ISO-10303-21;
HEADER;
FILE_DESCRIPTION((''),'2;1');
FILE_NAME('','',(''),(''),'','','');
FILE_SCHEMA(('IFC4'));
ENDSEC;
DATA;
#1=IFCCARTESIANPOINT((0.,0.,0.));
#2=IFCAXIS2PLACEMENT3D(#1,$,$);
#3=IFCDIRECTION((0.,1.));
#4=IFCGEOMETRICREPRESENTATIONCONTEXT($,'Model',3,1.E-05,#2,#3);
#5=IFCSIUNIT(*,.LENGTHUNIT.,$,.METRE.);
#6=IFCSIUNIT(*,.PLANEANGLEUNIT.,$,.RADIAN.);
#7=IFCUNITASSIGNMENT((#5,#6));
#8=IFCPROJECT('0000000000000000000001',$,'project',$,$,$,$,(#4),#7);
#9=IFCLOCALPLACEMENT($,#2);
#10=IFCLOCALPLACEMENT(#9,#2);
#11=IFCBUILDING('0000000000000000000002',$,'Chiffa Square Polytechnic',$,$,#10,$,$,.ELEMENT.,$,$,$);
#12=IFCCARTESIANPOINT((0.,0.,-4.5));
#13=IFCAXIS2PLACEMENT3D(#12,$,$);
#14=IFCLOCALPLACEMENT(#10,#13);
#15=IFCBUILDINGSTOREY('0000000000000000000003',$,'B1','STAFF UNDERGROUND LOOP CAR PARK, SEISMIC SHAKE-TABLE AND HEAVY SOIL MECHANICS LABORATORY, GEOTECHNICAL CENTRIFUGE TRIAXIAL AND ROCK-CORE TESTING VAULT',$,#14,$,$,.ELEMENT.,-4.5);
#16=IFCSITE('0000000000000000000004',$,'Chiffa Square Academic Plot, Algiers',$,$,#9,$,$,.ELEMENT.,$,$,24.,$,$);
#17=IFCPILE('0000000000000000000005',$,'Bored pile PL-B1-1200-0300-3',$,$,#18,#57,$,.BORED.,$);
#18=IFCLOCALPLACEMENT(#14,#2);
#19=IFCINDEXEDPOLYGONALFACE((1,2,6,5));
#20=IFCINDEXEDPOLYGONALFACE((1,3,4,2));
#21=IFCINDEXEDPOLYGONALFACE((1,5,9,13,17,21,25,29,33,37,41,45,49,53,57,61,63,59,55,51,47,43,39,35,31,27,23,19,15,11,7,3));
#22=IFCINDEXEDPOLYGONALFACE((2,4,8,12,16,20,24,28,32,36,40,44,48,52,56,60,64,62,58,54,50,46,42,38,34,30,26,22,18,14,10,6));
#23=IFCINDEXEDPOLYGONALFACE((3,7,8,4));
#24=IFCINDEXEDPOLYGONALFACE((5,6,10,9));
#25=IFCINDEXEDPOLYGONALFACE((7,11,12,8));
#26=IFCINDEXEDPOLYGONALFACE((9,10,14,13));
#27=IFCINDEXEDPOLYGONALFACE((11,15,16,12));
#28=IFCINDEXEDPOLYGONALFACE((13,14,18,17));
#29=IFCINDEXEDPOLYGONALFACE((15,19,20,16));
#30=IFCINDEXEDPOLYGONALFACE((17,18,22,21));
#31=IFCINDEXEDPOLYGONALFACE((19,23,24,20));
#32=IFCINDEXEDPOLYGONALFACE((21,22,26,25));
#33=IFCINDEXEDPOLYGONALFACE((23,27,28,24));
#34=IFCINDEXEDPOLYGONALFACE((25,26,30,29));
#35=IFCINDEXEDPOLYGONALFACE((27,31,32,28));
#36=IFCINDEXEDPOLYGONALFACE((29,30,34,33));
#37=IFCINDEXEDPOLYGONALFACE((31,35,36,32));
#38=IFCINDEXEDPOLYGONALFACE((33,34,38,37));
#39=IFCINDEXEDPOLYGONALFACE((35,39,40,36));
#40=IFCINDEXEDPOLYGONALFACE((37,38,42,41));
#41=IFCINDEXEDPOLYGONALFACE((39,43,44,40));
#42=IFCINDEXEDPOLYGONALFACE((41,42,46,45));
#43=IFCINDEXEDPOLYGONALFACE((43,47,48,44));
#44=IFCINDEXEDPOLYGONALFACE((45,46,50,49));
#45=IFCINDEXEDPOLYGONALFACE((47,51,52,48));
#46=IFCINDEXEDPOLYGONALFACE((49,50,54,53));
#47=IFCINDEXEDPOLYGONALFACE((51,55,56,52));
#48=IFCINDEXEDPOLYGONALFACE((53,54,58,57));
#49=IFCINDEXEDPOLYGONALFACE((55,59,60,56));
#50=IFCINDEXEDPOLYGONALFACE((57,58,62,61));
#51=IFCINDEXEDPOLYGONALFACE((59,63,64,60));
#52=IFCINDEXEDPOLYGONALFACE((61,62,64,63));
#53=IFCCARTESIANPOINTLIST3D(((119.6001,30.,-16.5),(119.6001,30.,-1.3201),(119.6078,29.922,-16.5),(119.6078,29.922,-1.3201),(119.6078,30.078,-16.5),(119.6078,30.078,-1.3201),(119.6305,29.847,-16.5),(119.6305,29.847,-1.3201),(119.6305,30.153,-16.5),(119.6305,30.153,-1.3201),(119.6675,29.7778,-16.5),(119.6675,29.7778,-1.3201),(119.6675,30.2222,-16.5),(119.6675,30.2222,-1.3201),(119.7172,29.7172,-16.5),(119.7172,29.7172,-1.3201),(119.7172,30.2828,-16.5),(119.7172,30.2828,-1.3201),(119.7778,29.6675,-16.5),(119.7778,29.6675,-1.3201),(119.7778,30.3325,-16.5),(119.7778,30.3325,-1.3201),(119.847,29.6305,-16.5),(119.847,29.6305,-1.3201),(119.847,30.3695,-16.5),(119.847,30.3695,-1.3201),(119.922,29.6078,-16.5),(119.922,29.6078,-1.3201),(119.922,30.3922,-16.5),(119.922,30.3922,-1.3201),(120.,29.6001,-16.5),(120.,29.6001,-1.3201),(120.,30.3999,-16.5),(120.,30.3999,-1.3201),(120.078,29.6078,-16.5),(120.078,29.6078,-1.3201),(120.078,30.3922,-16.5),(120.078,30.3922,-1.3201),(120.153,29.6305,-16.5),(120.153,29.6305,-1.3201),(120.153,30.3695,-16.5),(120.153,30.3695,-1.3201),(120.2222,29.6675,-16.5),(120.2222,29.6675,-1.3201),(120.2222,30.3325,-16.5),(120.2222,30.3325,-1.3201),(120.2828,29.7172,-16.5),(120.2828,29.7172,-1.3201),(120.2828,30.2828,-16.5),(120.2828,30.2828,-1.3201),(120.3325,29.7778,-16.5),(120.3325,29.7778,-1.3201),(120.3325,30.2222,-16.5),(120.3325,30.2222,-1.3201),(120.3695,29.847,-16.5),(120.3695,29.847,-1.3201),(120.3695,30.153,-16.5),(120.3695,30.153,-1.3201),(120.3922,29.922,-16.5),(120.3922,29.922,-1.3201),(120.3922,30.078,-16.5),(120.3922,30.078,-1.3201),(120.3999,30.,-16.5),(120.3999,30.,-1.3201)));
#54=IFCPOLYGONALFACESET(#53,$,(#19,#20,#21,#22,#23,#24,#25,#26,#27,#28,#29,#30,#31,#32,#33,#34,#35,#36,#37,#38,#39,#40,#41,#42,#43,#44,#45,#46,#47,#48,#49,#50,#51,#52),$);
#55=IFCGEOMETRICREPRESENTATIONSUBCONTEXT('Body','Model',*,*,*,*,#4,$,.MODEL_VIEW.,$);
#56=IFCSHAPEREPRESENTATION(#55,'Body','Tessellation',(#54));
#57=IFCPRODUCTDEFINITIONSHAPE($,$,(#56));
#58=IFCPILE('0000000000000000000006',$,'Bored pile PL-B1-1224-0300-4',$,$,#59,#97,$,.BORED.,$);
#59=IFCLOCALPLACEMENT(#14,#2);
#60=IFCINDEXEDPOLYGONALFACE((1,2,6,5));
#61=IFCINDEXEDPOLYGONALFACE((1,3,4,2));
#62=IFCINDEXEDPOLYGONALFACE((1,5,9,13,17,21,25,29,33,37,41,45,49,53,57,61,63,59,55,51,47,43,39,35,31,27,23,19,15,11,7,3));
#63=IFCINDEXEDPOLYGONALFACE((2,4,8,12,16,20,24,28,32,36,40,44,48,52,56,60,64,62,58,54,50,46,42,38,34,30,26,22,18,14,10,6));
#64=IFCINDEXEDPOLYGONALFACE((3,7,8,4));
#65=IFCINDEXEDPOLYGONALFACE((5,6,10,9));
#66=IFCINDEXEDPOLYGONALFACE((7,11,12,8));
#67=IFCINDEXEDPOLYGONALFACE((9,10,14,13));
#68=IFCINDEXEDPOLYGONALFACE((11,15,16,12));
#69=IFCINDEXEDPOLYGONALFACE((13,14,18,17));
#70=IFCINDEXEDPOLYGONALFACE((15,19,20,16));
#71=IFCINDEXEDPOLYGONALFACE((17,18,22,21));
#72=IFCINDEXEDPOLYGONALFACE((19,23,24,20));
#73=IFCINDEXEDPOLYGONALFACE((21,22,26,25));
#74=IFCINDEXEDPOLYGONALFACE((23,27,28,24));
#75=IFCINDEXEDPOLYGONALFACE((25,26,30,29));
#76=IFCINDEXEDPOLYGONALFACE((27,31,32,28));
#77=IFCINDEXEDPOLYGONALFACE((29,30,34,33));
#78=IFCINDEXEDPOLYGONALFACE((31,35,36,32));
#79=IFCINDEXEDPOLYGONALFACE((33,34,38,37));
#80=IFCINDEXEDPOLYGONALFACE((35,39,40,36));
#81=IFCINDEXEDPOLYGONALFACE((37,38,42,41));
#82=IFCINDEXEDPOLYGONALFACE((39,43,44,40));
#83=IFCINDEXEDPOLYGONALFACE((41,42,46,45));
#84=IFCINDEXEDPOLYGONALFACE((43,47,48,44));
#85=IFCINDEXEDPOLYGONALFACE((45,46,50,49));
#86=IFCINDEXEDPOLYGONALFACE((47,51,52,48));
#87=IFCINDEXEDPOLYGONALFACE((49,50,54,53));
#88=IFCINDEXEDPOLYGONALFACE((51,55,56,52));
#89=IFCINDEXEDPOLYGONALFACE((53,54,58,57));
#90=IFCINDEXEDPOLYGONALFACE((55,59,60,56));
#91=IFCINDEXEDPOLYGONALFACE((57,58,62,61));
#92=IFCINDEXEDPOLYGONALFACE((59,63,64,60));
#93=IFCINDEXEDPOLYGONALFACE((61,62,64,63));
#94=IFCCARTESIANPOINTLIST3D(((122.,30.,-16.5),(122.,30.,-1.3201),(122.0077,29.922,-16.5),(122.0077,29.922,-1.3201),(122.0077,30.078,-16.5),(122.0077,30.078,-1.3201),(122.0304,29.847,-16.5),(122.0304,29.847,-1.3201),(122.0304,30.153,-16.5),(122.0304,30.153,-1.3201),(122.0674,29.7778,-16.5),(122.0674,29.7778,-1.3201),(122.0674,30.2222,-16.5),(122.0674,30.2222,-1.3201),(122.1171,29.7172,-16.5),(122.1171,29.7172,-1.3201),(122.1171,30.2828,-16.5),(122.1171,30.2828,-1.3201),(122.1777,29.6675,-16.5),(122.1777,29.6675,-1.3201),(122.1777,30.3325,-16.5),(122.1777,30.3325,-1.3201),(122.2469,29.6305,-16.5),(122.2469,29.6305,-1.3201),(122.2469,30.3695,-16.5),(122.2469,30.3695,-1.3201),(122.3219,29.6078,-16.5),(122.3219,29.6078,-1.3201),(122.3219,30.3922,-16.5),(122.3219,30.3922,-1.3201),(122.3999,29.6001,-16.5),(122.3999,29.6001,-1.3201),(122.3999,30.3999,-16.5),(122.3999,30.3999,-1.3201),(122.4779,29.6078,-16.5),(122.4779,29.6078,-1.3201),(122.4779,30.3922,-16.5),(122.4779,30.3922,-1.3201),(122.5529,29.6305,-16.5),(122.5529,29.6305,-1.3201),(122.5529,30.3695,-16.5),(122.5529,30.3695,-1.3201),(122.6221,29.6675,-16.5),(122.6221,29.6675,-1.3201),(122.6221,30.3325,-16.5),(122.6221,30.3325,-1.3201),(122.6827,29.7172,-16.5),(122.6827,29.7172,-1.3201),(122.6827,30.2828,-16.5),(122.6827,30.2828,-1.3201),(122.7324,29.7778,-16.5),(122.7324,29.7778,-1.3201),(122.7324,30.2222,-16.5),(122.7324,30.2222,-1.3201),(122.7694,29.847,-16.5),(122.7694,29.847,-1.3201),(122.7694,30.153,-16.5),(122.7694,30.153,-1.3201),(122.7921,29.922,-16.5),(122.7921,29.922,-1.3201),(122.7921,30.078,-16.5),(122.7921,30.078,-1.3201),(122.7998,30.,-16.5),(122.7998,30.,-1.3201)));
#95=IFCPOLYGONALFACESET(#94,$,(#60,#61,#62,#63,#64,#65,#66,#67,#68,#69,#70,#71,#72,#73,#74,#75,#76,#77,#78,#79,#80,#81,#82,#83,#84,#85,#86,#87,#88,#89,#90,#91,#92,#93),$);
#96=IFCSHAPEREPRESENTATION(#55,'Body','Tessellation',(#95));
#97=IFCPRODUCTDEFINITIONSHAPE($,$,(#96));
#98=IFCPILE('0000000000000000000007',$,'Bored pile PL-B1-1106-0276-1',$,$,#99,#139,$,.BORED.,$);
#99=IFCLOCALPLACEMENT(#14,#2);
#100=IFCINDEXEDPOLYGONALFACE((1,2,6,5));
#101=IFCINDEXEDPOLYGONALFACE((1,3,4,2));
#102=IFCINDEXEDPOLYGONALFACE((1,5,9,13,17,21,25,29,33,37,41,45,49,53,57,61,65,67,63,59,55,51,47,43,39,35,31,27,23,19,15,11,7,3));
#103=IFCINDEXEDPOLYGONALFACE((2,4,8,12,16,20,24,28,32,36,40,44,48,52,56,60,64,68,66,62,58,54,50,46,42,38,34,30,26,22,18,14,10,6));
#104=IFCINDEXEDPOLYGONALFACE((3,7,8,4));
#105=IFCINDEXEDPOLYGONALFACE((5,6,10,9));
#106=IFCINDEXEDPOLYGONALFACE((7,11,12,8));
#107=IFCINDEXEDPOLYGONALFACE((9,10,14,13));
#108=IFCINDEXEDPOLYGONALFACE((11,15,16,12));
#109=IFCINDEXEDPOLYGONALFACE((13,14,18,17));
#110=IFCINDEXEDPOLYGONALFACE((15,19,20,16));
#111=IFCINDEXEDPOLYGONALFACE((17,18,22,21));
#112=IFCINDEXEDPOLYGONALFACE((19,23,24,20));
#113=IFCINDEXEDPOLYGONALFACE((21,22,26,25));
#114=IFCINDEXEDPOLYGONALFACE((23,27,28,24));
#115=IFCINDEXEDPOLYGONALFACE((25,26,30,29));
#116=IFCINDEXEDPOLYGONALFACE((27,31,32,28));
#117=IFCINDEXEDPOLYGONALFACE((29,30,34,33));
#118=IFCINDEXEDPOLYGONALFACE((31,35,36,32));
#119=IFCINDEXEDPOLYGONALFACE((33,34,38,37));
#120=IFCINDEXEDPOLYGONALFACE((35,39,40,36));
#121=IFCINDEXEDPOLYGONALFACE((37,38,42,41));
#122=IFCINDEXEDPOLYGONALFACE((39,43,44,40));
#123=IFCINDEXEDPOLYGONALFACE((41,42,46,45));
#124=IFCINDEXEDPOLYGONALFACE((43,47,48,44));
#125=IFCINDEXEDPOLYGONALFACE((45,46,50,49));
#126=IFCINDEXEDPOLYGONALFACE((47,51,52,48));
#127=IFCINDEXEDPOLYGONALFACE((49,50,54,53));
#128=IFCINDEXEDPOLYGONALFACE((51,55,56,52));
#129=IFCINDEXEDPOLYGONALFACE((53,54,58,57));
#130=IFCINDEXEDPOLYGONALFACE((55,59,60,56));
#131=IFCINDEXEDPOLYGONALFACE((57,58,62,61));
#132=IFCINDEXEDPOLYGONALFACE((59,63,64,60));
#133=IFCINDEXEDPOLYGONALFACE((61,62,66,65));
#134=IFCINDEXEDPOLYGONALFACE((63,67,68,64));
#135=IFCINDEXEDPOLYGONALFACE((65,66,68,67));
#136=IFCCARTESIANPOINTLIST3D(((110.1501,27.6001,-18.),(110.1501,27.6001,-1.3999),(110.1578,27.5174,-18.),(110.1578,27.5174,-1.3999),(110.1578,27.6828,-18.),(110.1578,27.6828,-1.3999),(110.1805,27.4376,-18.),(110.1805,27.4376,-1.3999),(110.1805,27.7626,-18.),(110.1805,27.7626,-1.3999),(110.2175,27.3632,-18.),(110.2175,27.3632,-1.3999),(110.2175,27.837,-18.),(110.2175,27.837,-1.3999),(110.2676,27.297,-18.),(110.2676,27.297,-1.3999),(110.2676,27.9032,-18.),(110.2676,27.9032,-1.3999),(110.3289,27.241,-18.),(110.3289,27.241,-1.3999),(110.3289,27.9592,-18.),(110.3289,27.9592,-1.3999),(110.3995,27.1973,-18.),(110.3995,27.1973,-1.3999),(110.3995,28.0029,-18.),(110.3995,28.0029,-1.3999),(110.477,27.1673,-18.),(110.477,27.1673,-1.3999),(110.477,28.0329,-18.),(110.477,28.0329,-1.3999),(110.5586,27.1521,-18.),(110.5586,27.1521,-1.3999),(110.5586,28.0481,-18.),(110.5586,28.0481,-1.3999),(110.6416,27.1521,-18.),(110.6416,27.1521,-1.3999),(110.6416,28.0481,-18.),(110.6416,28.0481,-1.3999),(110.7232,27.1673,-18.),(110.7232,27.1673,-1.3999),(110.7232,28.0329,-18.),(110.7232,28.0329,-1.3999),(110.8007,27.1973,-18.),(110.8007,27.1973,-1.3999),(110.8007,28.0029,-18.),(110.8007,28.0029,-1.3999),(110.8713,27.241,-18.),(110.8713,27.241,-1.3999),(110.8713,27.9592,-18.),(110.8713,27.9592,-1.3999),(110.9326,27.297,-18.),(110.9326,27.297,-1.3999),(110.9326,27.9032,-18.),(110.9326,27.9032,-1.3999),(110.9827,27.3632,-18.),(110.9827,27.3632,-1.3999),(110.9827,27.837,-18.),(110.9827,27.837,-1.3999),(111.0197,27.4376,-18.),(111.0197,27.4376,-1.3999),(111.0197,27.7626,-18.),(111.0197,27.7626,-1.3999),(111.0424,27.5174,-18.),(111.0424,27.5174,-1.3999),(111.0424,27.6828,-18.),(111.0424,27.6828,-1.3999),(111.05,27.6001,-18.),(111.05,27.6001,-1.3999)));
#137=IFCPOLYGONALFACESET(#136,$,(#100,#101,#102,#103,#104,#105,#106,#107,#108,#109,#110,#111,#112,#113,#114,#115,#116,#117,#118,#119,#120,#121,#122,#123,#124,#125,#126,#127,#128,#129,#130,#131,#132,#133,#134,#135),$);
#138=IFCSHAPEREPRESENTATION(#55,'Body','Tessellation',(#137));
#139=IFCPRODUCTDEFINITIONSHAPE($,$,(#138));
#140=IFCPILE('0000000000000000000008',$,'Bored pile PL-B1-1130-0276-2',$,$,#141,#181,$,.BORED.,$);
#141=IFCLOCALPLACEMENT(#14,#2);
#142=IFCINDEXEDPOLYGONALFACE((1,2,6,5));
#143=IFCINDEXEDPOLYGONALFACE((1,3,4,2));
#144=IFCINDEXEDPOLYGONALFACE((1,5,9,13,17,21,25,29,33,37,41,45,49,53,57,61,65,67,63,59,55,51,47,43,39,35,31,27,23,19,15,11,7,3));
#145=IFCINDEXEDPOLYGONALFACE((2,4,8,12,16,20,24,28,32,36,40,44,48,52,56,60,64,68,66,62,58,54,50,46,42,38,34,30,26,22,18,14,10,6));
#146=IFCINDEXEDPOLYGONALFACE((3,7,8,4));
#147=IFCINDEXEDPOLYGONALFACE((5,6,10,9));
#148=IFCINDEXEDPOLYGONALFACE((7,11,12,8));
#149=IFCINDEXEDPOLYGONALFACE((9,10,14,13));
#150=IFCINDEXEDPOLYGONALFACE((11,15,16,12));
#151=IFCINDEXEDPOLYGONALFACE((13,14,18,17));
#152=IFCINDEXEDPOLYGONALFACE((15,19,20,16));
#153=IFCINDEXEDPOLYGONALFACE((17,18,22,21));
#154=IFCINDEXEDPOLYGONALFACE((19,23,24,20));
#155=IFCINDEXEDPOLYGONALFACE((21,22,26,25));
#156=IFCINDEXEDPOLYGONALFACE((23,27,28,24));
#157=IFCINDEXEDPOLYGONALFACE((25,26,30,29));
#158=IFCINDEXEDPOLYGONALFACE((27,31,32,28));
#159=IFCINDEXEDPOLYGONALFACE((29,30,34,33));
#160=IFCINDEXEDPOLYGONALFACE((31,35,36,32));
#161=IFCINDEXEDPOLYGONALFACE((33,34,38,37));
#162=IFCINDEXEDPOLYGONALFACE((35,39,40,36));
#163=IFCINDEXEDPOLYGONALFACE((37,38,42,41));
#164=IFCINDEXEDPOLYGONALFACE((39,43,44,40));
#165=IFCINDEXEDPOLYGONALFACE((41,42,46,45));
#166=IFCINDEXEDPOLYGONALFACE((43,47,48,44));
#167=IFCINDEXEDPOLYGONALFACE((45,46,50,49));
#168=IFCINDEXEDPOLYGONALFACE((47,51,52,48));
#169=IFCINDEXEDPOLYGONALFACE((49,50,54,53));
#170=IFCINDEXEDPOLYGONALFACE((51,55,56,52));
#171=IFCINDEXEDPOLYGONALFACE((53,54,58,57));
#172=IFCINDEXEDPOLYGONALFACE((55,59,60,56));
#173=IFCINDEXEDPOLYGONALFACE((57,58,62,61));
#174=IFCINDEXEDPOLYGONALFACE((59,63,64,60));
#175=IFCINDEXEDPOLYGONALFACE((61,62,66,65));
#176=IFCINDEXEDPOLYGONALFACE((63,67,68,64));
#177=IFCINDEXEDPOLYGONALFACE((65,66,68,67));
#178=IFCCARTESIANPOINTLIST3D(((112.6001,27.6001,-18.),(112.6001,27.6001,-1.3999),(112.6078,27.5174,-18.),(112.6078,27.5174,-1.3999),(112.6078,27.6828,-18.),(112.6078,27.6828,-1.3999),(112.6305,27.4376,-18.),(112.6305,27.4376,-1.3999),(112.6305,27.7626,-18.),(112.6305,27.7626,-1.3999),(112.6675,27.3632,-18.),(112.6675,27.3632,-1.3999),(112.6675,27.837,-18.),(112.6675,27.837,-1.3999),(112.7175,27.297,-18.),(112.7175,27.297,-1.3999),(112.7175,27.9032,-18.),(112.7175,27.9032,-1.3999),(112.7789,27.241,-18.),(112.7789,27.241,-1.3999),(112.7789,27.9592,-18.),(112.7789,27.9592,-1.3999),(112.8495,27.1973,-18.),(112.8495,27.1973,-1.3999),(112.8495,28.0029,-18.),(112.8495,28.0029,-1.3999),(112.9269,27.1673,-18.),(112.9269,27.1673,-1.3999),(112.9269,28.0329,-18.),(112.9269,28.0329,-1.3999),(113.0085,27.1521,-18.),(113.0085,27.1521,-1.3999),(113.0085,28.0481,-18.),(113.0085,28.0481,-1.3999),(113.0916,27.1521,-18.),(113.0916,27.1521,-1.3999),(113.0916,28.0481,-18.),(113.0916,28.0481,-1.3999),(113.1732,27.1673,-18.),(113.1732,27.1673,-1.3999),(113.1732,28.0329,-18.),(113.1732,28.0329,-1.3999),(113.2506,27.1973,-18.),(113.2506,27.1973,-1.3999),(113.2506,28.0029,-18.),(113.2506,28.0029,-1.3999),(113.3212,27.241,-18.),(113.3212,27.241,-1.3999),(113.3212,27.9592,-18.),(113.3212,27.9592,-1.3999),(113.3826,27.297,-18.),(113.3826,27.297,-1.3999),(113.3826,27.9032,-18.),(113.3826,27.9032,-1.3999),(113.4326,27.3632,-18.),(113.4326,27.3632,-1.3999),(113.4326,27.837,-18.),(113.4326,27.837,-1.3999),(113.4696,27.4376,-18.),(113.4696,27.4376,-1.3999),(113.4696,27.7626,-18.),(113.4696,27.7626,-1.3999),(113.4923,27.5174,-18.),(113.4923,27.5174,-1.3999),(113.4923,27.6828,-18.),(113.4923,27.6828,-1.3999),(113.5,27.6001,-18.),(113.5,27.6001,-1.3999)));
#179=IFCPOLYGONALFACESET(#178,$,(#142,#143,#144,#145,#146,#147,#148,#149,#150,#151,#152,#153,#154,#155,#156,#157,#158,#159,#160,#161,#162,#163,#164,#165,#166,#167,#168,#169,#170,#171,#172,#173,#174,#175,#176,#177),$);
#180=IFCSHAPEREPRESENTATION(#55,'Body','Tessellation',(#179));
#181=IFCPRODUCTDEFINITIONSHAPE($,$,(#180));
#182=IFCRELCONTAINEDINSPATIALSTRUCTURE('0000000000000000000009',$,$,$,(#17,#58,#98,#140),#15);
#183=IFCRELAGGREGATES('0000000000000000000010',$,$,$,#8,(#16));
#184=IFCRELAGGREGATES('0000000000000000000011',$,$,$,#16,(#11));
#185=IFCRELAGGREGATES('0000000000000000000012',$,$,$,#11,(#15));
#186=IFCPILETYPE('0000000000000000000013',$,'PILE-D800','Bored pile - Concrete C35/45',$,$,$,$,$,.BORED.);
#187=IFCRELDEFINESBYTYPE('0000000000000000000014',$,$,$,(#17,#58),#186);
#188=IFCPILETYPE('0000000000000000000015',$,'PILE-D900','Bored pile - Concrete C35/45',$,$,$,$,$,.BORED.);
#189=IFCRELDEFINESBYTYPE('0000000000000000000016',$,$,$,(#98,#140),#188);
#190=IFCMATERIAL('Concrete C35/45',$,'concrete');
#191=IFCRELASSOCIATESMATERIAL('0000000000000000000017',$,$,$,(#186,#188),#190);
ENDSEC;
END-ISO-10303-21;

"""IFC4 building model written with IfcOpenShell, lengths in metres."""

from ifc_helpers import new_model, si_unit, direction, frame, origin, origin_2d, place, context, subcontext, project, spatial, circle, extrude, material, material_profile, profile_set, type_object, element, save


model = new_model("IFC4")

# Units and contexts
model_context = context("Model", 3, precision=1e-05, world=origin(), true_north=direction((0.0, 1.0)))
body_context = subcontext(model_context, "Body", "Model", "MODEL_VIEW")
ifc_project = project(units=[si_unit("LENGTHUNIT", "METRE"), si_unit("PLANEANGLEUNIT", "RADIAN")], contexts=[model_context])

# Site, building, storey
site_placement = place(None, origin())
site = spatial("IfcSite", under=ifc_project, at=site_placement, Name="Chiffa Square Academic Plot, Algiers", CompositionType="ELEMENT", RefElevation=24.0)
building_placement = place(site_placement, origin())
building = spatial("IfcBuilding", under=site, at=building_placement, Name="Chiffa Square Polytechnic", CompositionType="ELEMENT")
storey_placement = place(building_placement, frame((0.0, 0.0, -4.5)))
storey = spatial("IfcBuildingStorey", under=building, at=storey_placement, Name="B1", Description="STAFF UNDERGROUND LOOP CAR PARK, SEISMIC SHAKE-TABLE AND HEAVY SOIL MECHANICS LABORATORY, GEOTECHNICAL CENTRIFUGE TRIAXIAL AND ROCK-CORE TESTING VAULT", CompositionType="ELEMENT", Elevation=-4.5)

# Shared definitions
ifc_material_1 = material(Name="Concrete C35/45", Category="concrete")

# Piles
ifc_material_profile_1 = material_profile(ifc_material_1, circle(Radius=0.3999, at=origin_2d()), Name="PILE D800")
ifc_profile_set_1 = profile_set([ifc_material_profile_1], Name="Concrete C35/45")
pile_type_1 = type_object("IfcPileType", Name="PILE-D800", Description="Bored pile - Concrete C35/45", PredefinedType="BORED", material=ifc_profile_set_1)
for number, where, z_axis, x_axis, name in (
    (1, (120.0, 30.0, -1.3201), (0.0, 0.0, -1.0), (1.0, 0.0, 0.0), "Bored pile PL-B1-1200-0300-3"),
    (2, (122.3999, 30.0, -1.3201), (0.0, 0.0, -1.0), (1.0, 0.0, 0.0), "Bored pile PL-B1-1224-0300-4"),
):
    element("IfcPile", number, at=place(storey_placement, frame(where, z_axis=z_axis, x_axis=x_axis)), inside=storey, type_object=pile_type_1, Name=name, PredefinedType="BORED", context=body_context, shape_type="SweptSolid", body=[
        extrude(circle(Radius=0.3999, at=origin_2d()), origin(), (0.0, 0.0, 1.0), 15.1799),
    ])
ifc_material_profile_2 = material_profile(ifc_material_1, circle(Radius=0.45, at=origin_2d()), Name="PILE D900")
ifc_profile_set_2 = profile_set([ifc_material_profile_2], Name="Concrete C35/45")
pile_type_2 = type_object("IfcPileType", Name="PILE-D900", Description="Bored pile - Concrete C35/45", PredefinedType="BORED", material=ifc_profile_set_2)
for number, where, z_axis, x_axis, name in (
    (3, (110.6001, 27.6001, -1.3999), (0.0, 0.0, -1.0), (1.0, 0.0, 0.0), "Bored pile PL-B1-1106-0276-1"),
    (4, (113.05, 27.6001, -1.3999), (0.0, 0.0, -1.0), (1.0, 0.0, 0.0), "Bored pile PL-B1-1130-0276-2"),
):
    element("IfcPile", number, at=place(storey_placement, frame(where, z_axis=z_axis, x_axis=x_axis)), inside=storey, type_object=pile_type_2, Name=name, PredefinedType="BORED", context=body_context, shape_type="SweptSolid", body=[
        extrude(circle(Radius=0.45, at=origin_2d()), origin(), (0.0, 0.0, 1.0), 16.6001),
    ])

save(model, "model.ifc")
